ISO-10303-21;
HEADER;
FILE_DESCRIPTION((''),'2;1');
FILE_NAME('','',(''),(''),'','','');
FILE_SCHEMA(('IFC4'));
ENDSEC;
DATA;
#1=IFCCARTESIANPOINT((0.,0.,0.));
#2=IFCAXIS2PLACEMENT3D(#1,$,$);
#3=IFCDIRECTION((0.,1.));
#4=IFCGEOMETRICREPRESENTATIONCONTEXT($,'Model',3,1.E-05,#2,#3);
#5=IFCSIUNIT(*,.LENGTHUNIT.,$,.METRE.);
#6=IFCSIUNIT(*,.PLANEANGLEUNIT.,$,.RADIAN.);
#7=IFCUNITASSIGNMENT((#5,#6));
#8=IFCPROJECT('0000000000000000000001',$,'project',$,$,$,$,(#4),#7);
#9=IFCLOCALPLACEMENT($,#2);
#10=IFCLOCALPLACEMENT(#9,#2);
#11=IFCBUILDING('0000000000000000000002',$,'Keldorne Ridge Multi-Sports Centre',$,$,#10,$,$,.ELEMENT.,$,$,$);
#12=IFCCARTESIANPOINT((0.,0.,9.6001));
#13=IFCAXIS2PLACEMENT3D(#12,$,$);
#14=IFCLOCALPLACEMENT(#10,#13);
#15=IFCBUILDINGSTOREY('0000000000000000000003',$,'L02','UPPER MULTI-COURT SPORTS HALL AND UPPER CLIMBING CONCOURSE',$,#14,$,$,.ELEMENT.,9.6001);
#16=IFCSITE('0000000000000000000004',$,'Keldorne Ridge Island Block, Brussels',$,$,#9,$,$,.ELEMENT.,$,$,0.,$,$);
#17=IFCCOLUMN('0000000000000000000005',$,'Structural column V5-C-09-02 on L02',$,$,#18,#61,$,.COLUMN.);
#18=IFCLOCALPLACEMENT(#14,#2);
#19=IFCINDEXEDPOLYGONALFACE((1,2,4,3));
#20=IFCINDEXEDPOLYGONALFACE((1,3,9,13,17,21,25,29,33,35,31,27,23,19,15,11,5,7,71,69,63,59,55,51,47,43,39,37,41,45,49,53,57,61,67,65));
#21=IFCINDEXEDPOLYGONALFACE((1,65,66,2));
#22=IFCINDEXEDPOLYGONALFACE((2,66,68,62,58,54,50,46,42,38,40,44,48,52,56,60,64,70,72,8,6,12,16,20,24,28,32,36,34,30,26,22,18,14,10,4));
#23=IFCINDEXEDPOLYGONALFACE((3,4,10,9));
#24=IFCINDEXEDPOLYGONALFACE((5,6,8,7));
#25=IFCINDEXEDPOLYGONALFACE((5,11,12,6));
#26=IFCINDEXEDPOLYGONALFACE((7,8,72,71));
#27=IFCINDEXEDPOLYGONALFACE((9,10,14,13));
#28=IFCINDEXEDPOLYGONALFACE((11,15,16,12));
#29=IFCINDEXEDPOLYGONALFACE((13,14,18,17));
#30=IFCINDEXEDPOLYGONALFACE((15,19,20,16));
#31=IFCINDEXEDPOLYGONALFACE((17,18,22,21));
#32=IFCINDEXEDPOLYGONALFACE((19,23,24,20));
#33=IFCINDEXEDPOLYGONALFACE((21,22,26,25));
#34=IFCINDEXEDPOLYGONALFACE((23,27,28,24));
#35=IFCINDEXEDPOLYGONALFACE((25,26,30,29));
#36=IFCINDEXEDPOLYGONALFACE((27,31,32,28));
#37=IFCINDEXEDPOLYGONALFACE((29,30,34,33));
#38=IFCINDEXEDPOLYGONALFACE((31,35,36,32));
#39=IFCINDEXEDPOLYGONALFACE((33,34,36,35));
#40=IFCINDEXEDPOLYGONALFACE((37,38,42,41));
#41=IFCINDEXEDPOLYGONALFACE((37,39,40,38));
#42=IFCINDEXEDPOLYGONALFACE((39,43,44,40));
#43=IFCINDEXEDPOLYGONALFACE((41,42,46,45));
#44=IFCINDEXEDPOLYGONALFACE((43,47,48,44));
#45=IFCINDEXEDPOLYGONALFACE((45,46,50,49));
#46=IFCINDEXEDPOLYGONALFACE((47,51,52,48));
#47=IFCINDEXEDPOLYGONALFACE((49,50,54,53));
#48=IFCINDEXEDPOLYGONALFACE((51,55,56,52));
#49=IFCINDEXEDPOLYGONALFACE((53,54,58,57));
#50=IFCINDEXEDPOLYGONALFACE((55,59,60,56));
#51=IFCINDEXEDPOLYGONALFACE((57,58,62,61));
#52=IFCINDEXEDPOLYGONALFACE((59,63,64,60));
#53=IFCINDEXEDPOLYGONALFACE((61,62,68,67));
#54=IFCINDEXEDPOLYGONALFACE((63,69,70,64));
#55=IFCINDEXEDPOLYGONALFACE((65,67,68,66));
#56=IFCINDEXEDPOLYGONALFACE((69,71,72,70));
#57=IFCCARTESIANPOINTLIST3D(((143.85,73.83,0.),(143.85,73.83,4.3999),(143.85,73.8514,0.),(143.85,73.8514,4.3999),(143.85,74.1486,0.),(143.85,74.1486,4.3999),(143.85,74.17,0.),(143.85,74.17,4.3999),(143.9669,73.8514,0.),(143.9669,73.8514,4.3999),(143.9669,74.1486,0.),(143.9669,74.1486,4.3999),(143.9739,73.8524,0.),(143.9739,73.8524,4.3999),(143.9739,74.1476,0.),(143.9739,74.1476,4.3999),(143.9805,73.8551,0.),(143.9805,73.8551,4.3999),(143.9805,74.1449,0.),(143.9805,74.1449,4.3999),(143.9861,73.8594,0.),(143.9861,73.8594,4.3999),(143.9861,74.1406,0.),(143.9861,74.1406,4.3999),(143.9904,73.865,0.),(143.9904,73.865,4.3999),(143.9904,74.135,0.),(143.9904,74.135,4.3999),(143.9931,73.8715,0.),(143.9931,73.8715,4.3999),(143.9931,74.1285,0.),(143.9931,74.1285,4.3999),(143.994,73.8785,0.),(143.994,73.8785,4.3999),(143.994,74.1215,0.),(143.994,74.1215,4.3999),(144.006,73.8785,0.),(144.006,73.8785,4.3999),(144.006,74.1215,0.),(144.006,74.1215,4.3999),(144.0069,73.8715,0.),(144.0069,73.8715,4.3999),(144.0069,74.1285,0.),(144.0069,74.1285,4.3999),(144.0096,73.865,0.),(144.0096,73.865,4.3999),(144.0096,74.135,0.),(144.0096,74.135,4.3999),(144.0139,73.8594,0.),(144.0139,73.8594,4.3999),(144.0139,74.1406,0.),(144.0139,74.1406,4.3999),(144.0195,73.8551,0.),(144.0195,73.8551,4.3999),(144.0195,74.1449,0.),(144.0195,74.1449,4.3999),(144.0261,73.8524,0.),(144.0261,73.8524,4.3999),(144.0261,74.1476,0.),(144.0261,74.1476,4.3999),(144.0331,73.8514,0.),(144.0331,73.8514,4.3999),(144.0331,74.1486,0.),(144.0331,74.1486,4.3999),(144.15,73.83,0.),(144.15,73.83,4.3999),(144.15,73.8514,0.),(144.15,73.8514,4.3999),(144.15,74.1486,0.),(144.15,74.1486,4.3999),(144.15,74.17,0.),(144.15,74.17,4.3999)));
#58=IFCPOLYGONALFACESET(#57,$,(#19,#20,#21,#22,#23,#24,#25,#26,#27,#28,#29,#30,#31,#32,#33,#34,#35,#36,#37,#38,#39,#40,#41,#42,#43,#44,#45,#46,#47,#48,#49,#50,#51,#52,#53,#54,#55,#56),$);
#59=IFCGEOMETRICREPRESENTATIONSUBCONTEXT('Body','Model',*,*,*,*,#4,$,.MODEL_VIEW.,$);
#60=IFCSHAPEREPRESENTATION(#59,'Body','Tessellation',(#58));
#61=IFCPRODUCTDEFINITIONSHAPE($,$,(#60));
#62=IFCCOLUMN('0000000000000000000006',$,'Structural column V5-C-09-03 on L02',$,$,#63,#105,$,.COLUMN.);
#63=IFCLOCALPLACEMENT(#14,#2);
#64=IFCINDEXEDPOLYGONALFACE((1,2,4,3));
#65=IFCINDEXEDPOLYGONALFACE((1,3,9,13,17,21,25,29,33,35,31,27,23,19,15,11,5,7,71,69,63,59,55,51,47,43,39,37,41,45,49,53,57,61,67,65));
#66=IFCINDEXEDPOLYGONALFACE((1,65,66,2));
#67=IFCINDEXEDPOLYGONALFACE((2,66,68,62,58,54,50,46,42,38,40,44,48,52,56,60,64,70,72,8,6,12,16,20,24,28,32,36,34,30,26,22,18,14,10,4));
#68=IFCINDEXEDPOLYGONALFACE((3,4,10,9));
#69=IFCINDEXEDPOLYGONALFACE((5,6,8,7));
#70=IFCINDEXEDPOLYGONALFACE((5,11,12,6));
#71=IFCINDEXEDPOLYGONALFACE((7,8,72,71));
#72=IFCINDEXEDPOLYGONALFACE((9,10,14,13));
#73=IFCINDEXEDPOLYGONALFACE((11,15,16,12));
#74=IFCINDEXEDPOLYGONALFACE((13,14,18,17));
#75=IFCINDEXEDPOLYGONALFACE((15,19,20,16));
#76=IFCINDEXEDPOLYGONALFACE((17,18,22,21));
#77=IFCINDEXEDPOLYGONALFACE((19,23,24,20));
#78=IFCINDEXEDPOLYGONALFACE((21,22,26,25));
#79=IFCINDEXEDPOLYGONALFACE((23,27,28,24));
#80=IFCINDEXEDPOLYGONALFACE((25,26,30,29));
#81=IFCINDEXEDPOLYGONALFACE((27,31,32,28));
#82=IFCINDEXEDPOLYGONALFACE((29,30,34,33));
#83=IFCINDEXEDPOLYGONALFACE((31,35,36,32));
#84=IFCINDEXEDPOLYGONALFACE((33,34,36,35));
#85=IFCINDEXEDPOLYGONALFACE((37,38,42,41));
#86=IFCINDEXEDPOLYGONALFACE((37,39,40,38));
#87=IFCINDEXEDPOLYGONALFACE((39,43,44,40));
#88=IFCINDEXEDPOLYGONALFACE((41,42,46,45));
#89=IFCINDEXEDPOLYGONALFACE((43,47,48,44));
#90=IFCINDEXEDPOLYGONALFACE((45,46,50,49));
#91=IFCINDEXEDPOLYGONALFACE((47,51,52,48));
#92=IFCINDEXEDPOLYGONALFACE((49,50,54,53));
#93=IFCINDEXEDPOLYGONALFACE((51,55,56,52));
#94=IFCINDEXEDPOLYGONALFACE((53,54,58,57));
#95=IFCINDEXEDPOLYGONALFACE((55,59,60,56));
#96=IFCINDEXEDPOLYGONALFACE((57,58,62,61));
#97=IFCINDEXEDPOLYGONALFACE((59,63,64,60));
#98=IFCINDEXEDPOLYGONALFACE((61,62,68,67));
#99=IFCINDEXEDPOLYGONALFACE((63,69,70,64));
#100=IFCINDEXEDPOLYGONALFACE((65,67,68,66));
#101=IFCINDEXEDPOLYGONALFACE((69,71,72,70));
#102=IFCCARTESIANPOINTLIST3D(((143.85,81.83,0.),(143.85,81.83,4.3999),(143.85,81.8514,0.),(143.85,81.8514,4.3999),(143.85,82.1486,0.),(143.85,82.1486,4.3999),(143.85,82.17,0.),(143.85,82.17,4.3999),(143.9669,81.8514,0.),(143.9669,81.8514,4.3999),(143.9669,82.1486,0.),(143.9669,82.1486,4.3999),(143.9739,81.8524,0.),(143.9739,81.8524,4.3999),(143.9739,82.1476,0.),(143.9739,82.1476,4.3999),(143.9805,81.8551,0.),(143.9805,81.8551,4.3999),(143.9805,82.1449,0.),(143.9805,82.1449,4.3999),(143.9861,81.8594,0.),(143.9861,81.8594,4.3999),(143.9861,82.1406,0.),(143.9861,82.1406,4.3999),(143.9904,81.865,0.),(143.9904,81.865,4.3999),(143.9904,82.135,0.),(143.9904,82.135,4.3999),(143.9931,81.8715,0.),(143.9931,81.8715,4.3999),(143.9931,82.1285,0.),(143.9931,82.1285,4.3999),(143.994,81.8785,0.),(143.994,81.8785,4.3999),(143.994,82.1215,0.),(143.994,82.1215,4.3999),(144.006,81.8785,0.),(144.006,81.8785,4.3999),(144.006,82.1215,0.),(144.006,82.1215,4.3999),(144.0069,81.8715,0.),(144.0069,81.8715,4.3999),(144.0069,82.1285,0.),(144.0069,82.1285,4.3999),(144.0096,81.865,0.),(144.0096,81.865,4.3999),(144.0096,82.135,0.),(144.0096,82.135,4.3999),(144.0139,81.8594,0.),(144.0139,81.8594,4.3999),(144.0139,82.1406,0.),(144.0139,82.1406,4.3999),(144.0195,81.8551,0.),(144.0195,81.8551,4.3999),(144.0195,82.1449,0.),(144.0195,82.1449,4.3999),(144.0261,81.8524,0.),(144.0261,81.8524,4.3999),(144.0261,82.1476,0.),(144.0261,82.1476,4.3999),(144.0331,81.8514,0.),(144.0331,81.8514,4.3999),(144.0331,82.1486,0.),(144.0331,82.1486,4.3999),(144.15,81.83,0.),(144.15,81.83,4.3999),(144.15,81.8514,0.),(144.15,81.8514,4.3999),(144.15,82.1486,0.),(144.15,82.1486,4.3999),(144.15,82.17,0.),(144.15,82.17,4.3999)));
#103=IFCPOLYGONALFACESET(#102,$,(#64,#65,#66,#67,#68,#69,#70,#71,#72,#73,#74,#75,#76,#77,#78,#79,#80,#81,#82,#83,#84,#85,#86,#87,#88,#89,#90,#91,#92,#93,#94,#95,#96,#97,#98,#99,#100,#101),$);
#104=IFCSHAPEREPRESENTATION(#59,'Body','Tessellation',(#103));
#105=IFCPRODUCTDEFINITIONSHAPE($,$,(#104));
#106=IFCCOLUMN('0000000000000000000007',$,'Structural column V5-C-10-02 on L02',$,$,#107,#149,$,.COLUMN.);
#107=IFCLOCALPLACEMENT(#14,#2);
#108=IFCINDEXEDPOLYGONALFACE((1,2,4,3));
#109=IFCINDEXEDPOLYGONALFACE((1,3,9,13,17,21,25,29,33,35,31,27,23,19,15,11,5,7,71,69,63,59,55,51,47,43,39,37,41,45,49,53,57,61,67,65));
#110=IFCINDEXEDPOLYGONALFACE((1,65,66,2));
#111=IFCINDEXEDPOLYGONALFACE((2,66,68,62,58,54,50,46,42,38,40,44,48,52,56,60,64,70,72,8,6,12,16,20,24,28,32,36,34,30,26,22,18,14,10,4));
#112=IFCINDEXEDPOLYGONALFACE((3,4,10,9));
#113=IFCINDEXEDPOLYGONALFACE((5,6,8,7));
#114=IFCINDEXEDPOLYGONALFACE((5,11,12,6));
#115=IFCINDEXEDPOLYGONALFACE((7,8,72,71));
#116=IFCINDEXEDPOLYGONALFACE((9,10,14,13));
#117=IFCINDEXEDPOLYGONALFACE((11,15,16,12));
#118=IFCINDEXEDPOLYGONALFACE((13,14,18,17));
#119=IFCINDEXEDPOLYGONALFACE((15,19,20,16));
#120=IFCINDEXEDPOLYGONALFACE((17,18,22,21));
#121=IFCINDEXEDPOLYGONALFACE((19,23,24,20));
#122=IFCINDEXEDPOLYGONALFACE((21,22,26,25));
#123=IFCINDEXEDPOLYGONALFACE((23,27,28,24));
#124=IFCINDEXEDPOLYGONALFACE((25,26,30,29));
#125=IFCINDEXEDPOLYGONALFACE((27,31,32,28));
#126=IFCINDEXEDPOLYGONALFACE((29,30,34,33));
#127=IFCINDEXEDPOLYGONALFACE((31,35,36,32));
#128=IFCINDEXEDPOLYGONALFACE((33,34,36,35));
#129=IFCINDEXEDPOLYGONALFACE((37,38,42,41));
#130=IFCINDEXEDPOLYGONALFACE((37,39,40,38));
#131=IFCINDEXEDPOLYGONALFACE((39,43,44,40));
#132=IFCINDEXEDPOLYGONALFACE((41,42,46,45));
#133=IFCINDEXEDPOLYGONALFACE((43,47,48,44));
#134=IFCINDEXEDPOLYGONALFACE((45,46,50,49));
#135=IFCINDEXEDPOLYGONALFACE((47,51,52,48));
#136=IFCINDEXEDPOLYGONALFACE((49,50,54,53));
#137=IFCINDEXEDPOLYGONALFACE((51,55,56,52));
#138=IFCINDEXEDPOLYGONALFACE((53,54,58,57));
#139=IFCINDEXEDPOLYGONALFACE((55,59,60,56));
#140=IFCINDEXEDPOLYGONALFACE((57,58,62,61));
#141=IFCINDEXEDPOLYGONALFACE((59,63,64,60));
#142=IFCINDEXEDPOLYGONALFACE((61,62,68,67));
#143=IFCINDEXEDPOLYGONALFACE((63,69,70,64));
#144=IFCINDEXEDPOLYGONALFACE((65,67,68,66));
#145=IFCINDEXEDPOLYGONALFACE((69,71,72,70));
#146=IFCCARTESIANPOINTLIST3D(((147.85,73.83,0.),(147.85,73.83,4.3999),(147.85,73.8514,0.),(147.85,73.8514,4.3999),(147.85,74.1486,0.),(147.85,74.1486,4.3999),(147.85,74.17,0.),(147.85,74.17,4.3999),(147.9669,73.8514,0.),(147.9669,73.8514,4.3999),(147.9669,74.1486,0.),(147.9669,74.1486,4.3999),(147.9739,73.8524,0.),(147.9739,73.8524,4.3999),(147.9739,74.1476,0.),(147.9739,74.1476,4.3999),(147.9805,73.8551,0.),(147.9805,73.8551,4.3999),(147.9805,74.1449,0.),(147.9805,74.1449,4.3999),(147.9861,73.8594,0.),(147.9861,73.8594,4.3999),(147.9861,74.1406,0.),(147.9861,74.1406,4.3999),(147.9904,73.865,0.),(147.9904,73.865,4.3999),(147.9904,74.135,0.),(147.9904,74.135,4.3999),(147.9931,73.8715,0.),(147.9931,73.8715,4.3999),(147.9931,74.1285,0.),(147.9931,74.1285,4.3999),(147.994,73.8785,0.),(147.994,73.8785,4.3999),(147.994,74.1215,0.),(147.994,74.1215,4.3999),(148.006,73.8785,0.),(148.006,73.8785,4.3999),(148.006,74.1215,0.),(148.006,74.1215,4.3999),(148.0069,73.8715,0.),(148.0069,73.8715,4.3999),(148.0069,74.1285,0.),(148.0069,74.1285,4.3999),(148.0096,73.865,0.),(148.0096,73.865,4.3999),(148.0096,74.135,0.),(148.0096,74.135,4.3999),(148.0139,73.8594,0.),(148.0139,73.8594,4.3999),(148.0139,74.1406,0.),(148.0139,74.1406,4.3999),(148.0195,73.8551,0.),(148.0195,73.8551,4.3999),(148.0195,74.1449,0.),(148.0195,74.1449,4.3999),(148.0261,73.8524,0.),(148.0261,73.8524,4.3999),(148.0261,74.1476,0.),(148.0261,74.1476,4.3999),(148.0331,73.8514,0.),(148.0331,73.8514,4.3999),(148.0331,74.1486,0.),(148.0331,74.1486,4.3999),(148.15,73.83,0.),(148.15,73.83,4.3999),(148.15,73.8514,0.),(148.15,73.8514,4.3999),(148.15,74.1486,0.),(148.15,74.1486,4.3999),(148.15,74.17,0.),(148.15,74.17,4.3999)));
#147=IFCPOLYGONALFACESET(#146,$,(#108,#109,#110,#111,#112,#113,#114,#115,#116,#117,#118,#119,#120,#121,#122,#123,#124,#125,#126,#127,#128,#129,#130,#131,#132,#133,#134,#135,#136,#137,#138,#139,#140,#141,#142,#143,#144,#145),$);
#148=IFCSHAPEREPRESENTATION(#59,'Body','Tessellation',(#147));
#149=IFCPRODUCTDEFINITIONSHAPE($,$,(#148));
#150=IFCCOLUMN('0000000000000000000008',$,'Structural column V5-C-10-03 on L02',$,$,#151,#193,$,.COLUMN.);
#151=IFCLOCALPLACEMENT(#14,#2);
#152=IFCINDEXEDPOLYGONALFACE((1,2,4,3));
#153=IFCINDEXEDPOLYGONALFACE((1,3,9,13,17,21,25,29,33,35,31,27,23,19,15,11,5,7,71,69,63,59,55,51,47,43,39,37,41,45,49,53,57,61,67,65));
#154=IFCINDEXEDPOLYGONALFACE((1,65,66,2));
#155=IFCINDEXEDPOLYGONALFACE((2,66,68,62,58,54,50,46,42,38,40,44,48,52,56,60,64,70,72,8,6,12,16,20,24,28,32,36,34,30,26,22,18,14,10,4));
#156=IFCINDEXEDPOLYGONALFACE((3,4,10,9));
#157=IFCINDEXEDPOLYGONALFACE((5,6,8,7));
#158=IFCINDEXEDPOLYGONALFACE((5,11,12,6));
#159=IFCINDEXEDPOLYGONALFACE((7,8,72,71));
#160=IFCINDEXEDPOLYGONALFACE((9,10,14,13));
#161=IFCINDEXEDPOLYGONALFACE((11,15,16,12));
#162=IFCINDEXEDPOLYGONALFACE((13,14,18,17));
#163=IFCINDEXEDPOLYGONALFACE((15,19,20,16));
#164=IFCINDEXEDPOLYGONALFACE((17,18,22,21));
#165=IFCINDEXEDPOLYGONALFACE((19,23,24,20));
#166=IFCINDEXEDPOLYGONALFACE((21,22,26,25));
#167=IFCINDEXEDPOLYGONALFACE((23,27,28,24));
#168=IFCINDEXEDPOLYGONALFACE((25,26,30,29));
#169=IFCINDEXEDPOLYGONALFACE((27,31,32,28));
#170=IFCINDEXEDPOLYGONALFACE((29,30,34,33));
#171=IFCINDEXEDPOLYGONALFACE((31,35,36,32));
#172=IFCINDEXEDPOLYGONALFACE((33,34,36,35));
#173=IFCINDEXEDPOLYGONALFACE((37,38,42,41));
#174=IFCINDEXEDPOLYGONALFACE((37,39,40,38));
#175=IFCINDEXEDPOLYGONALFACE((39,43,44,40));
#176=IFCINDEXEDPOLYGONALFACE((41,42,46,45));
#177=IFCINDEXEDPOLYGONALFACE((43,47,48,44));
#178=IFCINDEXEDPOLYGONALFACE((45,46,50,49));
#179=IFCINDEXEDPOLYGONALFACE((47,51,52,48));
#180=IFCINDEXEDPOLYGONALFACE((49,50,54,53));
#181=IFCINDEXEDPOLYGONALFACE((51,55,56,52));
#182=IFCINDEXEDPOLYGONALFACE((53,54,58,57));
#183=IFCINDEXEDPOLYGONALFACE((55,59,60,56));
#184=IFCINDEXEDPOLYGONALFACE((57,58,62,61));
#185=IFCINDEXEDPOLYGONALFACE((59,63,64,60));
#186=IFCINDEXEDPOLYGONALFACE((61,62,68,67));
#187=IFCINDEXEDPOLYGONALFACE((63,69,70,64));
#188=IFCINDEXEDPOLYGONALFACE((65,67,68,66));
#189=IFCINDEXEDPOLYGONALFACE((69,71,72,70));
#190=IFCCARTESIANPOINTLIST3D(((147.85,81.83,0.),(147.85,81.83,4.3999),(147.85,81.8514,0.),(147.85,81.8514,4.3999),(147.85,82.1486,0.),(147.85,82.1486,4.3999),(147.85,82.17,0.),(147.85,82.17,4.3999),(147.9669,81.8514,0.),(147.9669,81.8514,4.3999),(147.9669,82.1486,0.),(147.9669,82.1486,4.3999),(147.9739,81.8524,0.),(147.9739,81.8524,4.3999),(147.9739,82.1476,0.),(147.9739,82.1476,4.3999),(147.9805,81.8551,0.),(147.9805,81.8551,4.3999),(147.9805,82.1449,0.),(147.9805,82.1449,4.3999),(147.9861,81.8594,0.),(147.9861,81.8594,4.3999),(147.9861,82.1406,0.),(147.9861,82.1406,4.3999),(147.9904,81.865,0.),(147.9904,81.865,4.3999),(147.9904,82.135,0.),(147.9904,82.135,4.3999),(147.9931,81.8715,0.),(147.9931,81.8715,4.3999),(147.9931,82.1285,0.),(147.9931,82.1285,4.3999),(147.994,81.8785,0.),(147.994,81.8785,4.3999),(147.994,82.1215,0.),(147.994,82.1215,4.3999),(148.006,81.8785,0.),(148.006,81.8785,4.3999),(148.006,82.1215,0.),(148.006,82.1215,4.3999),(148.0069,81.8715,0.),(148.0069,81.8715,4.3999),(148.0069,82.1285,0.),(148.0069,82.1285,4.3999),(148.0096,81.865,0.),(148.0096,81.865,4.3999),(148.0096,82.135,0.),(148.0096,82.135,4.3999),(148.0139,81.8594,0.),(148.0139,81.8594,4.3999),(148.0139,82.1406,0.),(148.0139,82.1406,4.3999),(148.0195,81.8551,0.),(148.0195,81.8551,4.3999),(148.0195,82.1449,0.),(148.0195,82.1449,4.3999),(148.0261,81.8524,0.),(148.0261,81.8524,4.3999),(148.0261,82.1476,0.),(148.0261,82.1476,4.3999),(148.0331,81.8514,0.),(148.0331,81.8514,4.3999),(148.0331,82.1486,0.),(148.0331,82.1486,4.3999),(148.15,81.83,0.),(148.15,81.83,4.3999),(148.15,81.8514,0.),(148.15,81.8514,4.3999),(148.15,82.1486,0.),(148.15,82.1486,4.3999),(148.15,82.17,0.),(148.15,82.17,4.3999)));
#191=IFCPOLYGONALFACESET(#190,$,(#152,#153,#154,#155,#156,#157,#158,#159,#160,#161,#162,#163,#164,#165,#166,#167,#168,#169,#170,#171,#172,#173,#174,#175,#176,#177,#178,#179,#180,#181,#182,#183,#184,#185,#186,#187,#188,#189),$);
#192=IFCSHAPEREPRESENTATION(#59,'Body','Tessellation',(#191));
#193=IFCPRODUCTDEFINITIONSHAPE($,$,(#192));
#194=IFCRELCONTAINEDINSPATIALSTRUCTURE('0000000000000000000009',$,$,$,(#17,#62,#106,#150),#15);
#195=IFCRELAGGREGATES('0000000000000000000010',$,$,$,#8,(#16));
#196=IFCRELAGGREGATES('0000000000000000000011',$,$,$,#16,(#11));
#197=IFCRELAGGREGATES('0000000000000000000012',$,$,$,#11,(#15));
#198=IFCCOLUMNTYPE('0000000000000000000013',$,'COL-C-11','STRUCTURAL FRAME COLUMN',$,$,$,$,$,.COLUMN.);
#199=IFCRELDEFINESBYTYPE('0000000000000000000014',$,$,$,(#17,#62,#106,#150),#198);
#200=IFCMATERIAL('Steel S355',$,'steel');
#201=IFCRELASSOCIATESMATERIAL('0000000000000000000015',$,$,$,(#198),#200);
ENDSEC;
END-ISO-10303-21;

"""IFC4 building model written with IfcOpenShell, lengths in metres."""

from ifc_helpers import new_model, si_unit, direction, frame, origin, origin_2d, place, context, subcontext, project, spatial, i_section, extrude, material, material_profile, profile_set, type_object, element, save


model = new_model("IFC4")

# Units and contexts
model_context = context("Model", 3, precision=1e-05, world=origin(), true_north=direction((0.0, 1.0)))
body_context = subcontext(model_context, "Body", "Model", "MODEL_VIEW")
ifc_project = project(units=[si_unit("LENGTHUNIT", "METRE"), si_unit("PLANEANGLEUNIT", "RADIAN")], contexts=[model_context])

# Site, building, storey
site_placement = place(None, origin())
site = spatial("IfcSite", under=ifc_project, at=site_placement, Name="Keldorne Ridge Island Block, Brussels", CompositionType="ELEMENT", RefElevation=0.0)
building_placement = place(site_placement, origin())
building = spatial("IfcBuilding", under=site, at=building_placement, Name="Keldorne Ridge Multi-Sports Centre", CompositionType="ELEMENT")
storey_placement = place(building_placement, frame((0.0, 0.0, 9.6001)))
storey = spatial("IfcBuildingStorey", under=building, at=storey_placement, Name="L02", Description="UPPER MULTI-COURT SPORTS HALL AND UPPER CLIMBING CONCOURSE", CompositionType="ELEMENT", Elevation=9.6001)

# Columns
ifc_material_1 = material(Name="Steel S355", Category="steel")
ifc_material_profile_1 = material_profile(ifc_material_1, i_section(OverallWidth=0.3, OverallDepth=0.3401, WebThickness=0.012, FlangeThickness=0.0215, FilletRadius=0.0271, at=origin_2d()), Name="HEB 340")
ifc_profile_set_1 = profile_set([ifc_material_profile_1], Name="Steel S355")
column_type = type_object("IfcColumnType", Name="COL-C-11", Description="STRUCTURAL FRAME COLUMN", PredefinedType="COLUMN", material=ifc_profile_set_1)
for number, where, z_axis, x_axis, name in (
    (1, (144.0, 74.0, 0.0), (0.0, 0.0, 1.0), (1.0, 0.0, 0.0), "Structural column V5-C-09-02 on L02"),
    (2, (144.0, 82.0, 0.0), (0.0, 0.0, 1.0), (1.0, 0.0, 0.0), "Structural column V5-C-09-03 on L02"),
    (3, (148.0, 74.0, 0.0), (0.0, 0.0, 1.0), (1.0, 0.0, 0.0), "Structural column V5-C-10-02 on L02"),
    (4, (148.0, 82.0, 0.0), (0.0, 0.0, 1.0), (1.0, 0.0, 0.0), "Structural column V5-C-10-03 on L02"),
):
    element("IfcColumn", number, at=place(storey_placement, frame(where, z_axis=z_axis, x_axis=x_axis)), inside=storey, type_object=column_type, Name=name, PredefinedType="COLUMN", context=body_context, shape_type="SweptSolid", body=[
        extrude(i_section(OverallWidth=0.3, OverallDepth=0.3401, WebThickness=0.012, FlangeThickness=0.0215, FilletRadius=0.0271, at=origin_2d()), origin(), (0.0, 0.0, 1.0), 4.3999),
    ])

save(model, "model.ifc")
